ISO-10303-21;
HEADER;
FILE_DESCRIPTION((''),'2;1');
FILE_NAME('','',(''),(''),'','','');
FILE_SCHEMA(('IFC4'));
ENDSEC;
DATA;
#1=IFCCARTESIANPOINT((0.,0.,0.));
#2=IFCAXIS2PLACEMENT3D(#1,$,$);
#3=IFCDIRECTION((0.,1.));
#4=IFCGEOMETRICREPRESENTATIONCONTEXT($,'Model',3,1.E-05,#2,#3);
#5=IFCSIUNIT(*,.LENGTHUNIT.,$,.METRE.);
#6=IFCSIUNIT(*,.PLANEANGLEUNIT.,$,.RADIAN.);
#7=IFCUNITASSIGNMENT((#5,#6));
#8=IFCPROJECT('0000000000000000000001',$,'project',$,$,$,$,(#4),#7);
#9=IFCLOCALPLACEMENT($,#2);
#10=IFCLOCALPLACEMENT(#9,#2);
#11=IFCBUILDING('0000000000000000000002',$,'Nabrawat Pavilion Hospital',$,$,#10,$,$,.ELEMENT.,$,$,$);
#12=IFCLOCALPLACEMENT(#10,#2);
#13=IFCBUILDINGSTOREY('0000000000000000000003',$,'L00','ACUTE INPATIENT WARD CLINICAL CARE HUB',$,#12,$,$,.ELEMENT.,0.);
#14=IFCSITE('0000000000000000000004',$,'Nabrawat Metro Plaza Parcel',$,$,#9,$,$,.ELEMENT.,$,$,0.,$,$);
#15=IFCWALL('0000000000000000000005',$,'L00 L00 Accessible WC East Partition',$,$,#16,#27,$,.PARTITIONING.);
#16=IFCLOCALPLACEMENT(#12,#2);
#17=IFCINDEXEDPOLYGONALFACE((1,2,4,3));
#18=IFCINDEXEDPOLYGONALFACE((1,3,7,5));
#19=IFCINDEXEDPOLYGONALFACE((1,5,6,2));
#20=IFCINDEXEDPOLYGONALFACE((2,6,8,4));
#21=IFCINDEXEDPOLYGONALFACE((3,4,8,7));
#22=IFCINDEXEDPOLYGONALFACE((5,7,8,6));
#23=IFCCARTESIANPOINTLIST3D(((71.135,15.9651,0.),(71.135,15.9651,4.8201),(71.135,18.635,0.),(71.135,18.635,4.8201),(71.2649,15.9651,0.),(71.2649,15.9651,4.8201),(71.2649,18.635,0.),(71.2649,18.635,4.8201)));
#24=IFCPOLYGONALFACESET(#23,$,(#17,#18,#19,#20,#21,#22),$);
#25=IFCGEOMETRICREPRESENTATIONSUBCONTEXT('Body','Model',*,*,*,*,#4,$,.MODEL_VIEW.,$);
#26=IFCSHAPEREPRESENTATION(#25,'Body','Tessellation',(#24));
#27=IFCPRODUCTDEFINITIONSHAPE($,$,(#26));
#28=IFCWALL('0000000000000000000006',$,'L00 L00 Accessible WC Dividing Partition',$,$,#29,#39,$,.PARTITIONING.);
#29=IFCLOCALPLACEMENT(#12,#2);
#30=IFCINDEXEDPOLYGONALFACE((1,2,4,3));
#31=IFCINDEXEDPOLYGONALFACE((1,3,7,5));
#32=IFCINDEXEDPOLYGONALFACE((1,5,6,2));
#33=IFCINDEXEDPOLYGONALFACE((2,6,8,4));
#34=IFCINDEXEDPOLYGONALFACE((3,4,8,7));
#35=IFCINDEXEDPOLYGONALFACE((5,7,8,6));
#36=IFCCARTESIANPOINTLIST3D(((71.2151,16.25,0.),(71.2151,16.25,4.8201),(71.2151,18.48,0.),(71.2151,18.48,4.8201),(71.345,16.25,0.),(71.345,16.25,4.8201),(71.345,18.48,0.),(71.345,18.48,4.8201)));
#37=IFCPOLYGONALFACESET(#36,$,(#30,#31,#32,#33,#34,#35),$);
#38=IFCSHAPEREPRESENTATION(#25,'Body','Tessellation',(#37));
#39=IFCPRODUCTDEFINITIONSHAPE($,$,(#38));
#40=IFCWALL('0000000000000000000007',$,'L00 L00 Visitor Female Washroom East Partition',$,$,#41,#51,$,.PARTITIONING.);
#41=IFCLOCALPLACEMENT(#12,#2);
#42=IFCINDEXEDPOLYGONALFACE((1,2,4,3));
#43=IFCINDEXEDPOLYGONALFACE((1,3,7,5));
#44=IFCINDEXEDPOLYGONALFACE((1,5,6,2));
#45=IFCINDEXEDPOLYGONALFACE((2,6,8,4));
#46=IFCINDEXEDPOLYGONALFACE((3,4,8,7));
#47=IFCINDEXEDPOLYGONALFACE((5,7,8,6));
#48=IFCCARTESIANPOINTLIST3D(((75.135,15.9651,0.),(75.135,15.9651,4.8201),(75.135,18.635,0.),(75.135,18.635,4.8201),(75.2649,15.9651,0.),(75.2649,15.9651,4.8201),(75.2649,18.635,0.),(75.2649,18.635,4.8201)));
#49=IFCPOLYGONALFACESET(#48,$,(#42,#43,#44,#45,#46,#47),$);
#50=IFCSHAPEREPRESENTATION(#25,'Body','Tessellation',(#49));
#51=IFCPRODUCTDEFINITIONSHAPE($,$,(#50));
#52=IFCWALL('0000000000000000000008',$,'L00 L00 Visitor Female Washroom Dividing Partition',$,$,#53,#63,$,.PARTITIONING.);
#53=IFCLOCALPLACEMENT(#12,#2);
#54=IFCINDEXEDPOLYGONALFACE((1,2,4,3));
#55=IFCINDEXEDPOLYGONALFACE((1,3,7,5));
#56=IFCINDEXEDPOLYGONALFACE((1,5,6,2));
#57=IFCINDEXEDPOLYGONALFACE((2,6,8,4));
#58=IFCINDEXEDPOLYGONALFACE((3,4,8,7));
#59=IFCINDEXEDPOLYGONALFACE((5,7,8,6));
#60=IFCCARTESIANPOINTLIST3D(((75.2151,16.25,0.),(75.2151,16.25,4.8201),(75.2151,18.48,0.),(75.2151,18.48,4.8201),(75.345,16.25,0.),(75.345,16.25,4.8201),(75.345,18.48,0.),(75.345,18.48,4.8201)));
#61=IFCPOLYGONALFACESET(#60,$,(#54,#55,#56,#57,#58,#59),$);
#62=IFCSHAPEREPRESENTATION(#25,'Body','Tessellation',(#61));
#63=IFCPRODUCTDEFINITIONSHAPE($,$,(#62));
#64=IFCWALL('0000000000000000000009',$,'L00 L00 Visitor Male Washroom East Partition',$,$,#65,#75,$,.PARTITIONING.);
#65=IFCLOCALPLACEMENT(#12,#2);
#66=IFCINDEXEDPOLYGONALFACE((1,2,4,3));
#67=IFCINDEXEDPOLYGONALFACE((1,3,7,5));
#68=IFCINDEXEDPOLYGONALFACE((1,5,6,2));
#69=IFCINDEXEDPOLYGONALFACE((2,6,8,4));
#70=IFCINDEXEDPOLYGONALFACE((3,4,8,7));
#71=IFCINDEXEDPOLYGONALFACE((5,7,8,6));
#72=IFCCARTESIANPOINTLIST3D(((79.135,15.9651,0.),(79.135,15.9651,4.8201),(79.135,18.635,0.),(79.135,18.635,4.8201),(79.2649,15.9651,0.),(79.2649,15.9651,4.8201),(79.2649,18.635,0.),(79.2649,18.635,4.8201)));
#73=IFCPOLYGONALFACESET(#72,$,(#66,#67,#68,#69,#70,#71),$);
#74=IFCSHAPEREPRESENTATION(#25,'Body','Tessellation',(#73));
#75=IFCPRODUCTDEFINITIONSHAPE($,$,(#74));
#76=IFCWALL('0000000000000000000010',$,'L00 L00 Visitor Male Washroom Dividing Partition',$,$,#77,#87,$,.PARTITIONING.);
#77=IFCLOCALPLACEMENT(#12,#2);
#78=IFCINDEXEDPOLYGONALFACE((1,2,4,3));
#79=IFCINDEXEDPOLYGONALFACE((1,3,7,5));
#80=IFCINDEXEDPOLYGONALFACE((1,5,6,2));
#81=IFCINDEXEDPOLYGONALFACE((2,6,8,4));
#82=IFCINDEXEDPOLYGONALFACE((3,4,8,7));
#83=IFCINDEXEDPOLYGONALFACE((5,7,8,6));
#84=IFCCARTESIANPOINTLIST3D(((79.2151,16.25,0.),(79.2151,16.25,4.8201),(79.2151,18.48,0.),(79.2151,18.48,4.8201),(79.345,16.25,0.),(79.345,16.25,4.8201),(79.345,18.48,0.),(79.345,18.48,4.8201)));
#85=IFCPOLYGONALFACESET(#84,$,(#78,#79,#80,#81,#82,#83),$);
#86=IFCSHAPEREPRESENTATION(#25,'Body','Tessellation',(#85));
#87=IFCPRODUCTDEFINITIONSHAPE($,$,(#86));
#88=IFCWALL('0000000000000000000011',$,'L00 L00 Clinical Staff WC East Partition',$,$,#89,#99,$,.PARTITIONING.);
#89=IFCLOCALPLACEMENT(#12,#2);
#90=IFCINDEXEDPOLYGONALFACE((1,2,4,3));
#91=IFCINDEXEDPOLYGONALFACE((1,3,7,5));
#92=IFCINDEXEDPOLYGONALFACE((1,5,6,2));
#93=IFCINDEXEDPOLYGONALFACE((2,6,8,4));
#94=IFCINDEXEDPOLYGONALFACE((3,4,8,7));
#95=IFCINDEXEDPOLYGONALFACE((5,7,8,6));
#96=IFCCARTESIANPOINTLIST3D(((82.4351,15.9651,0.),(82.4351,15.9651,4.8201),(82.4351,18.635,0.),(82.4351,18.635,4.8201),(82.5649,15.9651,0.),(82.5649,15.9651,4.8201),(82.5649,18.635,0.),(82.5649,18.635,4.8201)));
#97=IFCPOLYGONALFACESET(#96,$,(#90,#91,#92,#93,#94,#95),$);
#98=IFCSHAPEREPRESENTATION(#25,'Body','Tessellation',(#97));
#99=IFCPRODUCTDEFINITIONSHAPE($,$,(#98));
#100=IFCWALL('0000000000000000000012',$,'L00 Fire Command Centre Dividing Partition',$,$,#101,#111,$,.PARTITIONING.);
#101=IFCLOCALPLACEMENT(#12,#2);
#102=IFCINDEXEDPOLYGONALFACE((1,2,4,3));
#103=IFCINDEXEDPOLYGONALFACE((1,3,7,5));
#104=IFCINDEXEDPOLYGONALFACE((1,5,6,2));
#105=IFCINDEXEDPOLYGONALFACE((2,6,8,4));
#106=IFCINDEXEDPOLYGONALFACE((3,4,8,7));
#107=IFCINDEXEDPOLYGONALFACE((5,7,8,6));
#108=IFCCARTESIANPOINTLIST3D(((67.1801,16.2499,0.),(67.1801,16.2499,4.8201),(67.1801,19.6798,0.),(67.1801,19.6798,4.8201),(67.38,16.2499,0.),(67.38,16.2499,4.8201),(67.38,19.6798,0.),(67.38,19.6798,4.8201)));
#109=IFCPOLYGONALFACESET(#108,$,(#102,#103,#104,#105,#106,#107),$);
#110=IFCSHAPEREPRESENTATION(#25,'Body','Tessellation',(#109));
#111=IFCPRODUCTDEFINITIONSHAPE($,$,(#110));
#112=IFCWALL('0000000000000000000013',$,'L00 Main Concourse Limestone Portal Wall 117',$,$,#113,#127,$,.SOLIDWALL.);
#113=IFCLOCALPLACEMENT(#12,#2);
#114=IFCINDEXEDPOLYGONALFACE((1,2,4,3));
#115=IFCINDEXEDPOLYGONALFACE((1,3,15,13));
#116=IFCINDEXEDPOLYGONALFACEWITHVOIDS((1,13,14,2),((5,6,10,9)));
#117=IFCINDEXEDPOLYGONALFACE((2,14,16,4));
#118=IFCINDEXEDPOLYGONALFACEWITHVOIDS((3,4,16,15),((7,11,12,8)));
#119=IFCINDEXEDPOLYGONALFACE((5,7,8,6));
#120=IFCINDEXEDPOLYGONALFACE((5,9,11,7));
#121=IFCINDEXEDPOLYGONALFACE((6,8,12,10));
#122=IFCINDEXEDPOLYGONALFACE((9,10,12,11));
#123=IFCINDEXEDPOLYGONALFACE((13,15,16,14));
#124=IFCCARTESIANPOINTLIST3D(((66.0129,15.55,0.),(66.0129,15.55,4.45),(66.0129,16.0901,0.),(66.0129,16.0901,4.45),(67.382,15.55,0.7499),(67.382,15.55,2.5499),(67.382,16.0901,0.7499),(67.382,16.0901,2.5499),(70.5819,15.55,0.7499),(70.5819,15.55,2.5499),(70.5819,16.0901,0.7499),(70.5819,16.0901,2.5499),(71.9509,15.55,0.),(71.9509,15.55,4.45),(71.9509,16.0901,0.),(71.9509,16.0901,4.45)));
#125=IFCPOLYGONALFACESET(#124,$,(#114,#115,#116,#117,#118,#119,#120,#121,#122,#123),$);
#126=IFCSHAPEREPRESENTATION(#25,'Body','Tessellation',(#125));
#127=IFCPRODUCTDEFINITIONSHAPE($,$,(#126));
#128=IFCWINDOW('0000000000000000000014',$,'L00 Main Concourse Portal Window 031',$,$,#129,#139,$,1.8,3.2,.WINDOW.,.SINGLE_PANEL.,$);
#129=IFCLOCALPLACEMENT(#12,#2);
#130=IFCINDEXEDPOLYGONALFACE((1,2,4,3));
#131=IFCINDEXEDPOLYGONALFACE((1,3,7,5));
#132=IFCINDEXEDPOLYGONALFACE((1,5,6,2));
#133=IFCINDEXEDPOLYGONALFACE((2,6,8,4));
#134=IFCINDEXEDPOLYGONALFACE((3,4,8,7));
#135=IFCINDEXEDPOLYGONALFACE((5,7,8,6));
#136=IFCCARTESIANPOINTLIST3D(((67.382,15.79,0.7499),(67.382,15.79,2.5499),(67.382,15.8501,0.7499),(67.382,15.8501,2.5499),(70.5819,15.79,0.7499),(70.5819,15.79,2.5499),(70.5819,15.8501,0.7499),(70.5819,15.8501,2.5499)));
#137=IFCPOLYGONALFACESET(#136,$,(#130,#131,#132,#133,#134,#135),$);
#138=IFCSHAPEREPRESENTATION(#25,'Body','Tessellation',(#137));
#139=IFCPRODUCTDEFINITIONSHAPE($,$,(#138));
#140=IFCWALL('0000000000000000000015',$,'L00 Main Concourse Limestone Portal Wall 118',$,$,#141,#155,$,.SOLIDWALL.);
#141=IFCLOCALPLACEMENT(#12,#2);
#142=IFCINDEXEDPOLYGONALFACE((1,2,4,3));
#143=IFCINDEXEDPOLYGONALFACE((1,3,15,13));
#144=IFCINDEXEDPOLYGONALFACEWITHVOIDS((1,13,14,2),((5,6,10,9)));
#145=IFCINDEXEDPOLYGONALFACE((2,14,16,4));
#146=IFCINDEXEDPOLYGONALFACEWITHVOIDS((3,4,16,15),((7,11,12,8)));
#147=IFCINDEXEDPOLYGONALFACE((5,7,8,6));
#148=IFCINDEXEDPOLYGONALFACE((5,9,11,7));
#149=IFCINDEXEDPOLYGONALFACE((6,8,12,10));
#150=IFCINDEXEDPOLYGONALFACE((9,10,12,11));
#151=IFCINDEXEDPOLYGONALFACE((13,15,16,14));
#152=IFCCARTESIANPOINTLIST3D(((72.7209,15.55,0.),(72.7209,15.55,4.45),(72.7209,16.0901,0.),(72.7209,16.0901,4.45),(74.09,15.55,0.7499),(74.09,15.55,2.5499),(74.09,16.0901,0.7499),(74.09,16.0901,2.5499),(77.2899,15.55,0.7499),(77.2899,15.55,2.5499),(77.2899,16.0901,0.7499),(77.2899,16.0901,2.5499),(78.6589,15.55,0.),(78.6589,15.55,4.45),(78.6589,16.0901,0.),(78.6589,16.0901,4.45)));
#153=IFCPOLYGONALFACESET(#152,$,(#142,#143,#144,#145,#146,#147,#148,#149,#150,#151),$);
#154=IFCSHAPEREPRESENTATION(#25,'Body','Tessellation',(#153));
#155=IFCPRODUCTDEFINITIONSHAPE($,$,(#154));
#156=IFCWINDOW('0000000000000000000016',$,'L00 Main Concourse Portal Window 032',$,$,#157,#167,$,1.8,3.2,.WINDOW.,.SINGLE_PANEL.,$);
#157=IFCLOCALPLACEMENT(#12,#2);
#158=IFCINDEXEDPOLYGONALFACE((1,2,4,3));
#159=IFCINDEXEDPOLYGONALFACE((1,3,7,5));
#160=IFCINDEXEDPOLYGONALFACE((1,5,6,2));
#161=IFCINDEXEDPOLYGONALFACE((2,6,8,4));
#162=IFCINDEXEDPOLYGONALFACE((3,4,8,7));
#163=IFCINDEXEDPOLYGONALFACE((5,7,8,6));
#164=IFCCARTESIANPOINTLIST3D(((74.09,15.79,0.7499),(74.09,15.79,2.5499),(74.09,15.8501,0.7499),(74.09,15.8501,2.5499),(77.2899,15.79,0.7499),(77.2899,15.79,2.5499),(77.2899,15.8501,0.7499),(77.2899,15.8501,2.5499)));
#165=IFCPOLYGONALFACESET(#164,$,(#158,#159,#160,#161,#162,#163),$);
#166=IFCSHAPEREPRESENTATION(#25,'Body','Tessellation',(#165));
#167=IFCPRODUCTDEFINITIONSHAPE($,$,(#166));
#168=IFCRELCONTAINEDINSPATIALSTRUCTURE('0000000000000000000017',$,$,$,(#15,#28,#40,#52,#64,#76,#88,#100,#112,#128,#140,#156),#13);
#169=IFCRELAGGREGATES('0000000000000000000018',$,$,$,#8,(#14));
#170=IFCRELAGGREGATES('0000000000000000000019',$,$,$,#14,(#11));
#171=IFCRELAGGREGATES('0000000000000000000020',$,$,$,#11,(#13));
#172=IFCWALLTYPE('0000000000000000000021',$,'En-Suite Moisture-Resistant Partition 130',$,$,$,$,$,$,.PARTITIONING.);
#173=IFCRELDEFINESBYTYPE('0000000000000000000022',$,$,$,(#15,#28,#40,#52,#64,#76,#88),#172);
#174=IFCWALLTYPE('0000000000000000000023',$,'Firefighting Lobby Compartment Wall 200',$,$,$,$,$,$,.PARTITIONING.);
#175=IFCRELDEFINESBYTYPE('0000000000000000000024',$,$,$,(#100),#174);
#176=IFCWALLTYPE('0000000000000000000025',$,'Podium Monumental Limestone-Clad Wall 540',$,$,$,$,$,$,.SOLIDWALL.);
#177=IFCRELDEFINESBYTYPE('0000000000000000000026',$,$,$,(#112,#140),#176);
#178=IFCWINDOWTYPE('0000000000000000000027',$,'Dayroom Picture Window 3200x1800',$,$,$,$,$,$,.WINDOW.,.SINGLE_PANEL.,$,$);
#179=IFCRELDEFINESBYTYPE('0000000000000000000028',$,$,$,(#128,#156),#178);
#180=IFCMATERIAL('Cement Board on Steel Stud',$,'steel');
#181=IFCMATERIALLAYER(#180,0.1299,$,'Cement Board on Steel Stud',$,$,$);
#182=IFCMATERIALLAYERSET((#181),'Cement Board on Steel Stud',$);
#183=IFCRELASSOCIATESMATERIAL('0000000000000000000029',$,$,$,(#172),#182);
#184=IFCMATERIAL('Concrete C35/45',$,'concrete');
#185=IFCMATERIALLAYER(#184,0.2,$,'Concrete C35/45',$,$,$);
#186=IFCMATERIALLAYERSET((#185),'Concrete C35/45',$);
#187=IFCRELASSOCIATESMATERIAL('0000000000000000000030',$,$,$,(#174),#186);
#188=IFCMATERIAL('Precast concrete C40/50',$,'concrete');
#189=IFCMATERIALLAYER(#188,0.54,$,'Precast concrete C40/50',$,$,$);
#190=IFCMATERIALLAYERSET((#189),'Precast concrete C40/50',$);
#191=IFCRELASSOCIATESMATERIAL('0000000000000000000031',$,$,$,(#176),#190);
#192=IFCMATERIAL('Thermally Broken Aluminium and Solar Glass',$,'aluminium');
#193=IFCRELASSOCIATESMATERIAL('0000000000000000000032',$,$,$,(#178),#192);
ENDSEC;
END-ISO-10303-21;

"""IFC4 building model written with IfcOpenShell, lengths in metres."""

from ifc_helpers import new_model, si_unit, direction, frame, frame_2d, origin, place, context, subcontext, project, spatial, rectangle, extrude, material, layer, layer_set, type_object, element, fill, save


model = new_model("IFC4")

# Units and contexts
model_context = context("Model", 3, precision=1e-05, world=origin(), true_north=direction((0.0, 1.0)))
body_context = subcontext(model_context, "Body", "Model", "MODEL_VIEW")
ifc_project = project(units=[si_unit("LENGTHUNIT", "METRE"), si_unit("PLANEANGLEUNIT", "RADIAN")], contexts=[model_context])

# Site, building, storey
site_placement = place(None, origin())
site = spatial("IfcSite", under=ifc_project, at=site_placement, Name="Nabrawat Metro Plaza Parcel", CompositionType="ELEMENT", RefElevation=0.0)
building_placement = place(site_placement, origin())
building = spatial("IfcBuilding", under=site, at=building_placement, Name="Nabrawat Pavilion Hospital", CompositionType="ELEMENT")
storey_placement = place(building_placement, origin())
storey = spatial("IfcBuildingStorey", under=building, at=storey_placement, Name="L00", Description="ACUTE INPATIENT WARD CLINICAL CARE HUB", CompositionType="ELEMENT", Elevation=0.0)

# Walls
ifc_material_1 = material(Name="Cement Board on Steel Stud", Category="steel")
ifc_layer_1 = layer(ifc_material_1, 0.1299, Name="Cement Board on Steel Stud")
ifc_layer_set_1 = layer_set([ifc_layer_1], Name="Cement Board on Steel Stud")
wall_type_1 = type_object("IfcWallType", Name="En-Suite Moisture-Resistant Partition 130", PredefinedType="PARTITIONING", material=ifc_layer_set_1)
for number, where, z_axis, x_axis, name in (
    (1, (71.2, 15.9651, 0.0), (0.0, 0.0, 1.0), (0.0, 1.0, 0.0), "L00 L00 Accessible WC East Partition"),
):
    element("IfcWall", number, at=place(storey_placement, frame(where, z_axis=z_axis, x_axis=x_axis)), inside=storey, type_object=wall_type_1, Name=name, PredefinedType="PARTITIONING", context=body_context, shape_type="SweptSolid", body=[
        extrude(rectangle(XDim=2.6699, YDim=0.1299, at=frame_2d((1.335, 0.0))), origin(), (0.0, 0.0, 1.0), 4.8201),
    ])
wall_1_placement = place(storey_placement, frame((71.28, 16.25, 0.0), z_axis=(0.0, 0.0, 1.0), x_axis=(0.0, 1.0, 0.0)))
element("IfcWall", 2, at=wall_1_placement, inside=storey, type_object=wall_type_1, Name="L00 L00 Accessible WC Dividing Partition", PredefinedType="PARTITIONING", context=body_context, shape_type="SweptSolid", body=[
    extrude(rectangle(XDim=2.23, YDim=0.1299, at=frame_2d((1.115, 0.0))), origin(), (0.0, 0.0, 1.0), 4.8201),
])
wall_2_placement = place(storey_placement, frame((75.2, 15.9651, 0.0), z_axis=(0.0, 0.0, 1.0), x_axis=(0.0, 1.0, 0.0)))
element("IfcWall", 3, at=wall_2_placement, inside=storey, type_object=wall_type_1, Name="L00 L00 Visitor Female Washroom East Partition", PredefinedType="PARTITIONING", context=body_context, shape_type="SweptSolid", body=[
    extrude(rectangle(XDim=2.6699, YDim=0.1299, at=frame_2d((1.335, 0.0))), origin(), (0.0, 0.0, 1.0), 4.8201),
])
wall_3_placement = place(storey_placement, frame((75.28, 16.25, 0.0), z_axis=(0.0, 0.0, 1.0), x_axis=(0.0, 1.0, 0.0)))
element("IfcWall", 4, at=wall_3_placement, inside=storey, type_object=wall_type_1, Name="L00 L00 Visitor Female Washroom Dividing Partition", PredefinedType="PARTITIONING", context=body_context, shape_type="SweptSolid", body=[
    extrude(rectangle(XDim=2.23, YDim=0.1299, at=frame_2d((1.115, 0.0))), origin(), (0.0, 0.0, 1.0), 4.8201),
])
wall_4_placement = place(storey_placement, frame((79.2, 15.9651, 0.0), z_axis=(0.0, 0.0, 1.0), x_axis=(0.0, 1.0, 0.0)))
element("IfcWall", 5, at=wall_4_placement, inside=storey, type_object=wall_type_1, Name="L00 L00 Visitor Male Washroom East Partition", PredefinedType="PARTITIONING", context=body_context, shape_type="SweptSolid", body=[
    extrude(rectangle(XDim=2.6699, YDim=0.1299, at=frame_2d((1.335, 0.0))), origin(), (0.0, 0.0, 1.0), 4.8201),
])
wall_5_placement = place(storey_placement, frame((79.28, 16.25, 0.0), z_axis=(0.0, 0.0, 1.0), x_axis=(0.0, 1.0, 0.0)))
element("IfcWall", 6, at=wall_5_placement, inside=storey, type_object=wall_type_1, Name="L00 L00 Visitor Male Washroom Dividing Partition", PredefinedType="PARTITIONING", context=body_context, shape_type="SweptSolid", body=[
    extrude(rectangle(XDim=2.23, YDim=0.1299, at=frame_2d((1.115, 0.0))), origin(), (0.0, 0.0, 1.0), 4.8201),
])
wall_6_placement = place(storey_placement, frame((82.5, 15.9651, 0.0), z_axis=(0.0, 0.0, 1.0), x_axis=(0.0, 1.0, 0.0)))
element("IfcWall", 7, at=wall_6_placement, inside=storey, type_object=wall_type_1, Name="L00 L00 Clinical Staff WC East Partition", PredefinedType="PARTITIONING", context=body_context, shape_type="SweptSolid", body=[
    extrude(rectangle(XDim=2.6699, YDim=0.1299, at=frame_2d((1.335, 0.0))), origin(), (0.0, 0.0, 1.0), 4.8201),
])
ifc_material_2 = material(Name="Concrete C35/45", Category="concrete")
ifc_layer_2 = layer(ifc_material_2, 0.2, Name="Concrete C35/45")
ifc_layer_set_2 = layer_set([ifc_layer_2], Name="Concrete C35/45")
wall_type_2 = type_object("IfcWallType", Name="Firefighting Lobby Compartment Wall 200", PredefinedType="PARTITIONING", material=ifc_layer_set_2)
wall_7_placement = place(storey_placement, frame((67.28, 16.25, 0.0), z_axis=(0.0, 0.0, 1.0), x_axis=(0.0, 1.0, 0.0)))
element("IfcWall", 8, at=wall_7_placement, inside=storey, type_object=wall_type_2, Name="L00 Fire Command Centre Dividing Partition", PredefinedType="PARTITIONING", context=body_context, shape_type="SweptSolid", body=[
    extrude(rectangle(XDim=3.4299, YDim=0.2, at=frame_2d((1.7148, 0.0))), origin(), (0.0, 0.0, 1.0), 4.8201),
])

# Walls, openings, windows
ifc_material_3 = material(Name="Precast concrete C40/50", Category="concrete")
ifc_layer_3 = layer(ifc_material_3, 0.54, Name="Precast concrete C40/50")
ifc_layer_set_3 = layer_set([ifc_layer_3], Name="Precast concrete C40/50")
wall_type_3 = type_object("IfcWallType", Name="Podium Monumental Limestone-Clad Wall 540", PredefinedType="SOLIDWALL", material=ifc_layer_set_3)
wall_8_placement = place(storey_placement, frame((66.0129, 15.8201, 0.0), z_axis=(0.0, 0.0, 1.0), x_axis=(1.0, 0.0, 0.0)))
wall_8 = element("IfcWall", 9, at=wall_8_placement, inside=storey, type_object=wall_type_3, Name="L00 Main Concourse Limestone Portal Wall 117", PredefinedType="SOLIDWALL", context=body_context, shape_type="SweptSolid", body=[
    extrude(rectangle(XDim=5.938, YDim=0.54, at=frame_2d((2.969, 0.0))), origin(), (0.0, 0.0, 1.0), 4.45),
])
opening_1_placement = place(wall_8_placement, frame((1.3689, 0.0, 0.75)))
opening_1 = element("IfcOpeningElement", 10, at=opening_1_placement, cuts=wall_8, PredefinedType="OPENING", context=body_context, shape_type="SweptSolid", body=[
    extrude(rectangle(XDim=3.2, YDim=1.8, at=frame_2d((1.6001, 0.8999))), frame((0.0, 0.28, 0.0), z_axis=(0.0, -1.0, 0.0), x_axis=(1.0, 0.0, 0.0)), (0.0, 0.0, 1.0), 0.5601),
])
ifc_material_4 = material(Name="Thermally Broken Aluminium and Solar Glass", Category="aluminium")
window_type = type_object("IfcWindowType", Name="Dayroom Picture Window 3200x1800", PartitioningType="SINGLE_PANEL", PredefinedType="WINDOW", material=ifc_material_4)
window_1_placement = place(opening_1_placement, origin())
window_1 = element("IfcWindow", 11, at=window_1_placement, inside=storey, type_object=window_type, Name="L00 Main Concourse Portal Window 031", OverallHeight=1.8, OverallWidth=3.2, PartitioningType="SINGLE_PANEL", PredefinedType="WINDOW", context=body_context, shape_type="SweptSolid", body=[
    extrude(rectangle(XDim=3.2, YDim=1.8, at=frame_2d((1.6001, 0.8999))), frame((0.0, 0.03, 0.0), z_axis=(0.0, -1.0, 0.0), x_axis=(1.0, 0.0, 0.0)), (0.0, 0.0, 1.0), 0.0601),
])
fill(opening_1, window_1)
wall_9_placement = place(storey_placement, frame((72.7209, 15.8201, 0.0), z_axis=(0.0, 0.0, 1.0), x_axis=(1.0, 0.0, 0.0)))
wall_9 = element("IfcWall", 12, at=wall_9_placement, inside=storey, type_object=wall_type_3, Name="L00 Main Concourse Limestone Portal Wall 118", PredefinedType="SOLIDWALL", context=body_context, shape_type="SweptSolid", body=[
    extrude(rectangle(XDim=5.938, YDim=0.54, at=frame_2d((2.969, 0.0))), origin(), (0.0, 0.0, 1.0), 4.45),
])
opening_2_placement = place(wall_9_placement, frame((1.3689, 0.0, 0.75)))
opening_2 = element("IfcOpeningElement", 13, at=opening_2_placement, cuts=wall_9, PredefinedType="OPENING", context=body_context, shape_type="SweptSolid", body=[
    extrude(rectangle(XDim=3.2, YDim=1.8, at=frame_2d((1.6001, 0.8999))), frame((0.0, 0.28, 0.0), z_axis=(0.0, -1.0, 0.0), x_axis=(1.0, 0.0, 0.0)), (0.0, 0.0, 1.0), 0.5601),
])
window_2_placement = place(opening_2_placement, origin())
window_2 = element("IfcWindow", 14, at=window_2_placement, inside=storey, type_object=window_type, Name="L00 Main Concourse Portal Window 032", OverallHeight=1.8, OverallWidth=3.2, PartitioningType="SINGLE_PANEL", PredefinedType="WINDOW", context=body_context, shape_type="SweptSolid", body=[
    extrude(rectangle(XDim=3.2, YDim=1.8, at=frame_2d((1.6001, 0.8999))), frame((0.0, 0.03, 0.0), z_axis=(0.0, -1.0, 0.0), x_axis=(1.0, 0.0, 0.0)), (0.0, 0.0, 1.0), 0.0601),
])
fill(opening_2, window_2)

save(model, "model.ifc")
